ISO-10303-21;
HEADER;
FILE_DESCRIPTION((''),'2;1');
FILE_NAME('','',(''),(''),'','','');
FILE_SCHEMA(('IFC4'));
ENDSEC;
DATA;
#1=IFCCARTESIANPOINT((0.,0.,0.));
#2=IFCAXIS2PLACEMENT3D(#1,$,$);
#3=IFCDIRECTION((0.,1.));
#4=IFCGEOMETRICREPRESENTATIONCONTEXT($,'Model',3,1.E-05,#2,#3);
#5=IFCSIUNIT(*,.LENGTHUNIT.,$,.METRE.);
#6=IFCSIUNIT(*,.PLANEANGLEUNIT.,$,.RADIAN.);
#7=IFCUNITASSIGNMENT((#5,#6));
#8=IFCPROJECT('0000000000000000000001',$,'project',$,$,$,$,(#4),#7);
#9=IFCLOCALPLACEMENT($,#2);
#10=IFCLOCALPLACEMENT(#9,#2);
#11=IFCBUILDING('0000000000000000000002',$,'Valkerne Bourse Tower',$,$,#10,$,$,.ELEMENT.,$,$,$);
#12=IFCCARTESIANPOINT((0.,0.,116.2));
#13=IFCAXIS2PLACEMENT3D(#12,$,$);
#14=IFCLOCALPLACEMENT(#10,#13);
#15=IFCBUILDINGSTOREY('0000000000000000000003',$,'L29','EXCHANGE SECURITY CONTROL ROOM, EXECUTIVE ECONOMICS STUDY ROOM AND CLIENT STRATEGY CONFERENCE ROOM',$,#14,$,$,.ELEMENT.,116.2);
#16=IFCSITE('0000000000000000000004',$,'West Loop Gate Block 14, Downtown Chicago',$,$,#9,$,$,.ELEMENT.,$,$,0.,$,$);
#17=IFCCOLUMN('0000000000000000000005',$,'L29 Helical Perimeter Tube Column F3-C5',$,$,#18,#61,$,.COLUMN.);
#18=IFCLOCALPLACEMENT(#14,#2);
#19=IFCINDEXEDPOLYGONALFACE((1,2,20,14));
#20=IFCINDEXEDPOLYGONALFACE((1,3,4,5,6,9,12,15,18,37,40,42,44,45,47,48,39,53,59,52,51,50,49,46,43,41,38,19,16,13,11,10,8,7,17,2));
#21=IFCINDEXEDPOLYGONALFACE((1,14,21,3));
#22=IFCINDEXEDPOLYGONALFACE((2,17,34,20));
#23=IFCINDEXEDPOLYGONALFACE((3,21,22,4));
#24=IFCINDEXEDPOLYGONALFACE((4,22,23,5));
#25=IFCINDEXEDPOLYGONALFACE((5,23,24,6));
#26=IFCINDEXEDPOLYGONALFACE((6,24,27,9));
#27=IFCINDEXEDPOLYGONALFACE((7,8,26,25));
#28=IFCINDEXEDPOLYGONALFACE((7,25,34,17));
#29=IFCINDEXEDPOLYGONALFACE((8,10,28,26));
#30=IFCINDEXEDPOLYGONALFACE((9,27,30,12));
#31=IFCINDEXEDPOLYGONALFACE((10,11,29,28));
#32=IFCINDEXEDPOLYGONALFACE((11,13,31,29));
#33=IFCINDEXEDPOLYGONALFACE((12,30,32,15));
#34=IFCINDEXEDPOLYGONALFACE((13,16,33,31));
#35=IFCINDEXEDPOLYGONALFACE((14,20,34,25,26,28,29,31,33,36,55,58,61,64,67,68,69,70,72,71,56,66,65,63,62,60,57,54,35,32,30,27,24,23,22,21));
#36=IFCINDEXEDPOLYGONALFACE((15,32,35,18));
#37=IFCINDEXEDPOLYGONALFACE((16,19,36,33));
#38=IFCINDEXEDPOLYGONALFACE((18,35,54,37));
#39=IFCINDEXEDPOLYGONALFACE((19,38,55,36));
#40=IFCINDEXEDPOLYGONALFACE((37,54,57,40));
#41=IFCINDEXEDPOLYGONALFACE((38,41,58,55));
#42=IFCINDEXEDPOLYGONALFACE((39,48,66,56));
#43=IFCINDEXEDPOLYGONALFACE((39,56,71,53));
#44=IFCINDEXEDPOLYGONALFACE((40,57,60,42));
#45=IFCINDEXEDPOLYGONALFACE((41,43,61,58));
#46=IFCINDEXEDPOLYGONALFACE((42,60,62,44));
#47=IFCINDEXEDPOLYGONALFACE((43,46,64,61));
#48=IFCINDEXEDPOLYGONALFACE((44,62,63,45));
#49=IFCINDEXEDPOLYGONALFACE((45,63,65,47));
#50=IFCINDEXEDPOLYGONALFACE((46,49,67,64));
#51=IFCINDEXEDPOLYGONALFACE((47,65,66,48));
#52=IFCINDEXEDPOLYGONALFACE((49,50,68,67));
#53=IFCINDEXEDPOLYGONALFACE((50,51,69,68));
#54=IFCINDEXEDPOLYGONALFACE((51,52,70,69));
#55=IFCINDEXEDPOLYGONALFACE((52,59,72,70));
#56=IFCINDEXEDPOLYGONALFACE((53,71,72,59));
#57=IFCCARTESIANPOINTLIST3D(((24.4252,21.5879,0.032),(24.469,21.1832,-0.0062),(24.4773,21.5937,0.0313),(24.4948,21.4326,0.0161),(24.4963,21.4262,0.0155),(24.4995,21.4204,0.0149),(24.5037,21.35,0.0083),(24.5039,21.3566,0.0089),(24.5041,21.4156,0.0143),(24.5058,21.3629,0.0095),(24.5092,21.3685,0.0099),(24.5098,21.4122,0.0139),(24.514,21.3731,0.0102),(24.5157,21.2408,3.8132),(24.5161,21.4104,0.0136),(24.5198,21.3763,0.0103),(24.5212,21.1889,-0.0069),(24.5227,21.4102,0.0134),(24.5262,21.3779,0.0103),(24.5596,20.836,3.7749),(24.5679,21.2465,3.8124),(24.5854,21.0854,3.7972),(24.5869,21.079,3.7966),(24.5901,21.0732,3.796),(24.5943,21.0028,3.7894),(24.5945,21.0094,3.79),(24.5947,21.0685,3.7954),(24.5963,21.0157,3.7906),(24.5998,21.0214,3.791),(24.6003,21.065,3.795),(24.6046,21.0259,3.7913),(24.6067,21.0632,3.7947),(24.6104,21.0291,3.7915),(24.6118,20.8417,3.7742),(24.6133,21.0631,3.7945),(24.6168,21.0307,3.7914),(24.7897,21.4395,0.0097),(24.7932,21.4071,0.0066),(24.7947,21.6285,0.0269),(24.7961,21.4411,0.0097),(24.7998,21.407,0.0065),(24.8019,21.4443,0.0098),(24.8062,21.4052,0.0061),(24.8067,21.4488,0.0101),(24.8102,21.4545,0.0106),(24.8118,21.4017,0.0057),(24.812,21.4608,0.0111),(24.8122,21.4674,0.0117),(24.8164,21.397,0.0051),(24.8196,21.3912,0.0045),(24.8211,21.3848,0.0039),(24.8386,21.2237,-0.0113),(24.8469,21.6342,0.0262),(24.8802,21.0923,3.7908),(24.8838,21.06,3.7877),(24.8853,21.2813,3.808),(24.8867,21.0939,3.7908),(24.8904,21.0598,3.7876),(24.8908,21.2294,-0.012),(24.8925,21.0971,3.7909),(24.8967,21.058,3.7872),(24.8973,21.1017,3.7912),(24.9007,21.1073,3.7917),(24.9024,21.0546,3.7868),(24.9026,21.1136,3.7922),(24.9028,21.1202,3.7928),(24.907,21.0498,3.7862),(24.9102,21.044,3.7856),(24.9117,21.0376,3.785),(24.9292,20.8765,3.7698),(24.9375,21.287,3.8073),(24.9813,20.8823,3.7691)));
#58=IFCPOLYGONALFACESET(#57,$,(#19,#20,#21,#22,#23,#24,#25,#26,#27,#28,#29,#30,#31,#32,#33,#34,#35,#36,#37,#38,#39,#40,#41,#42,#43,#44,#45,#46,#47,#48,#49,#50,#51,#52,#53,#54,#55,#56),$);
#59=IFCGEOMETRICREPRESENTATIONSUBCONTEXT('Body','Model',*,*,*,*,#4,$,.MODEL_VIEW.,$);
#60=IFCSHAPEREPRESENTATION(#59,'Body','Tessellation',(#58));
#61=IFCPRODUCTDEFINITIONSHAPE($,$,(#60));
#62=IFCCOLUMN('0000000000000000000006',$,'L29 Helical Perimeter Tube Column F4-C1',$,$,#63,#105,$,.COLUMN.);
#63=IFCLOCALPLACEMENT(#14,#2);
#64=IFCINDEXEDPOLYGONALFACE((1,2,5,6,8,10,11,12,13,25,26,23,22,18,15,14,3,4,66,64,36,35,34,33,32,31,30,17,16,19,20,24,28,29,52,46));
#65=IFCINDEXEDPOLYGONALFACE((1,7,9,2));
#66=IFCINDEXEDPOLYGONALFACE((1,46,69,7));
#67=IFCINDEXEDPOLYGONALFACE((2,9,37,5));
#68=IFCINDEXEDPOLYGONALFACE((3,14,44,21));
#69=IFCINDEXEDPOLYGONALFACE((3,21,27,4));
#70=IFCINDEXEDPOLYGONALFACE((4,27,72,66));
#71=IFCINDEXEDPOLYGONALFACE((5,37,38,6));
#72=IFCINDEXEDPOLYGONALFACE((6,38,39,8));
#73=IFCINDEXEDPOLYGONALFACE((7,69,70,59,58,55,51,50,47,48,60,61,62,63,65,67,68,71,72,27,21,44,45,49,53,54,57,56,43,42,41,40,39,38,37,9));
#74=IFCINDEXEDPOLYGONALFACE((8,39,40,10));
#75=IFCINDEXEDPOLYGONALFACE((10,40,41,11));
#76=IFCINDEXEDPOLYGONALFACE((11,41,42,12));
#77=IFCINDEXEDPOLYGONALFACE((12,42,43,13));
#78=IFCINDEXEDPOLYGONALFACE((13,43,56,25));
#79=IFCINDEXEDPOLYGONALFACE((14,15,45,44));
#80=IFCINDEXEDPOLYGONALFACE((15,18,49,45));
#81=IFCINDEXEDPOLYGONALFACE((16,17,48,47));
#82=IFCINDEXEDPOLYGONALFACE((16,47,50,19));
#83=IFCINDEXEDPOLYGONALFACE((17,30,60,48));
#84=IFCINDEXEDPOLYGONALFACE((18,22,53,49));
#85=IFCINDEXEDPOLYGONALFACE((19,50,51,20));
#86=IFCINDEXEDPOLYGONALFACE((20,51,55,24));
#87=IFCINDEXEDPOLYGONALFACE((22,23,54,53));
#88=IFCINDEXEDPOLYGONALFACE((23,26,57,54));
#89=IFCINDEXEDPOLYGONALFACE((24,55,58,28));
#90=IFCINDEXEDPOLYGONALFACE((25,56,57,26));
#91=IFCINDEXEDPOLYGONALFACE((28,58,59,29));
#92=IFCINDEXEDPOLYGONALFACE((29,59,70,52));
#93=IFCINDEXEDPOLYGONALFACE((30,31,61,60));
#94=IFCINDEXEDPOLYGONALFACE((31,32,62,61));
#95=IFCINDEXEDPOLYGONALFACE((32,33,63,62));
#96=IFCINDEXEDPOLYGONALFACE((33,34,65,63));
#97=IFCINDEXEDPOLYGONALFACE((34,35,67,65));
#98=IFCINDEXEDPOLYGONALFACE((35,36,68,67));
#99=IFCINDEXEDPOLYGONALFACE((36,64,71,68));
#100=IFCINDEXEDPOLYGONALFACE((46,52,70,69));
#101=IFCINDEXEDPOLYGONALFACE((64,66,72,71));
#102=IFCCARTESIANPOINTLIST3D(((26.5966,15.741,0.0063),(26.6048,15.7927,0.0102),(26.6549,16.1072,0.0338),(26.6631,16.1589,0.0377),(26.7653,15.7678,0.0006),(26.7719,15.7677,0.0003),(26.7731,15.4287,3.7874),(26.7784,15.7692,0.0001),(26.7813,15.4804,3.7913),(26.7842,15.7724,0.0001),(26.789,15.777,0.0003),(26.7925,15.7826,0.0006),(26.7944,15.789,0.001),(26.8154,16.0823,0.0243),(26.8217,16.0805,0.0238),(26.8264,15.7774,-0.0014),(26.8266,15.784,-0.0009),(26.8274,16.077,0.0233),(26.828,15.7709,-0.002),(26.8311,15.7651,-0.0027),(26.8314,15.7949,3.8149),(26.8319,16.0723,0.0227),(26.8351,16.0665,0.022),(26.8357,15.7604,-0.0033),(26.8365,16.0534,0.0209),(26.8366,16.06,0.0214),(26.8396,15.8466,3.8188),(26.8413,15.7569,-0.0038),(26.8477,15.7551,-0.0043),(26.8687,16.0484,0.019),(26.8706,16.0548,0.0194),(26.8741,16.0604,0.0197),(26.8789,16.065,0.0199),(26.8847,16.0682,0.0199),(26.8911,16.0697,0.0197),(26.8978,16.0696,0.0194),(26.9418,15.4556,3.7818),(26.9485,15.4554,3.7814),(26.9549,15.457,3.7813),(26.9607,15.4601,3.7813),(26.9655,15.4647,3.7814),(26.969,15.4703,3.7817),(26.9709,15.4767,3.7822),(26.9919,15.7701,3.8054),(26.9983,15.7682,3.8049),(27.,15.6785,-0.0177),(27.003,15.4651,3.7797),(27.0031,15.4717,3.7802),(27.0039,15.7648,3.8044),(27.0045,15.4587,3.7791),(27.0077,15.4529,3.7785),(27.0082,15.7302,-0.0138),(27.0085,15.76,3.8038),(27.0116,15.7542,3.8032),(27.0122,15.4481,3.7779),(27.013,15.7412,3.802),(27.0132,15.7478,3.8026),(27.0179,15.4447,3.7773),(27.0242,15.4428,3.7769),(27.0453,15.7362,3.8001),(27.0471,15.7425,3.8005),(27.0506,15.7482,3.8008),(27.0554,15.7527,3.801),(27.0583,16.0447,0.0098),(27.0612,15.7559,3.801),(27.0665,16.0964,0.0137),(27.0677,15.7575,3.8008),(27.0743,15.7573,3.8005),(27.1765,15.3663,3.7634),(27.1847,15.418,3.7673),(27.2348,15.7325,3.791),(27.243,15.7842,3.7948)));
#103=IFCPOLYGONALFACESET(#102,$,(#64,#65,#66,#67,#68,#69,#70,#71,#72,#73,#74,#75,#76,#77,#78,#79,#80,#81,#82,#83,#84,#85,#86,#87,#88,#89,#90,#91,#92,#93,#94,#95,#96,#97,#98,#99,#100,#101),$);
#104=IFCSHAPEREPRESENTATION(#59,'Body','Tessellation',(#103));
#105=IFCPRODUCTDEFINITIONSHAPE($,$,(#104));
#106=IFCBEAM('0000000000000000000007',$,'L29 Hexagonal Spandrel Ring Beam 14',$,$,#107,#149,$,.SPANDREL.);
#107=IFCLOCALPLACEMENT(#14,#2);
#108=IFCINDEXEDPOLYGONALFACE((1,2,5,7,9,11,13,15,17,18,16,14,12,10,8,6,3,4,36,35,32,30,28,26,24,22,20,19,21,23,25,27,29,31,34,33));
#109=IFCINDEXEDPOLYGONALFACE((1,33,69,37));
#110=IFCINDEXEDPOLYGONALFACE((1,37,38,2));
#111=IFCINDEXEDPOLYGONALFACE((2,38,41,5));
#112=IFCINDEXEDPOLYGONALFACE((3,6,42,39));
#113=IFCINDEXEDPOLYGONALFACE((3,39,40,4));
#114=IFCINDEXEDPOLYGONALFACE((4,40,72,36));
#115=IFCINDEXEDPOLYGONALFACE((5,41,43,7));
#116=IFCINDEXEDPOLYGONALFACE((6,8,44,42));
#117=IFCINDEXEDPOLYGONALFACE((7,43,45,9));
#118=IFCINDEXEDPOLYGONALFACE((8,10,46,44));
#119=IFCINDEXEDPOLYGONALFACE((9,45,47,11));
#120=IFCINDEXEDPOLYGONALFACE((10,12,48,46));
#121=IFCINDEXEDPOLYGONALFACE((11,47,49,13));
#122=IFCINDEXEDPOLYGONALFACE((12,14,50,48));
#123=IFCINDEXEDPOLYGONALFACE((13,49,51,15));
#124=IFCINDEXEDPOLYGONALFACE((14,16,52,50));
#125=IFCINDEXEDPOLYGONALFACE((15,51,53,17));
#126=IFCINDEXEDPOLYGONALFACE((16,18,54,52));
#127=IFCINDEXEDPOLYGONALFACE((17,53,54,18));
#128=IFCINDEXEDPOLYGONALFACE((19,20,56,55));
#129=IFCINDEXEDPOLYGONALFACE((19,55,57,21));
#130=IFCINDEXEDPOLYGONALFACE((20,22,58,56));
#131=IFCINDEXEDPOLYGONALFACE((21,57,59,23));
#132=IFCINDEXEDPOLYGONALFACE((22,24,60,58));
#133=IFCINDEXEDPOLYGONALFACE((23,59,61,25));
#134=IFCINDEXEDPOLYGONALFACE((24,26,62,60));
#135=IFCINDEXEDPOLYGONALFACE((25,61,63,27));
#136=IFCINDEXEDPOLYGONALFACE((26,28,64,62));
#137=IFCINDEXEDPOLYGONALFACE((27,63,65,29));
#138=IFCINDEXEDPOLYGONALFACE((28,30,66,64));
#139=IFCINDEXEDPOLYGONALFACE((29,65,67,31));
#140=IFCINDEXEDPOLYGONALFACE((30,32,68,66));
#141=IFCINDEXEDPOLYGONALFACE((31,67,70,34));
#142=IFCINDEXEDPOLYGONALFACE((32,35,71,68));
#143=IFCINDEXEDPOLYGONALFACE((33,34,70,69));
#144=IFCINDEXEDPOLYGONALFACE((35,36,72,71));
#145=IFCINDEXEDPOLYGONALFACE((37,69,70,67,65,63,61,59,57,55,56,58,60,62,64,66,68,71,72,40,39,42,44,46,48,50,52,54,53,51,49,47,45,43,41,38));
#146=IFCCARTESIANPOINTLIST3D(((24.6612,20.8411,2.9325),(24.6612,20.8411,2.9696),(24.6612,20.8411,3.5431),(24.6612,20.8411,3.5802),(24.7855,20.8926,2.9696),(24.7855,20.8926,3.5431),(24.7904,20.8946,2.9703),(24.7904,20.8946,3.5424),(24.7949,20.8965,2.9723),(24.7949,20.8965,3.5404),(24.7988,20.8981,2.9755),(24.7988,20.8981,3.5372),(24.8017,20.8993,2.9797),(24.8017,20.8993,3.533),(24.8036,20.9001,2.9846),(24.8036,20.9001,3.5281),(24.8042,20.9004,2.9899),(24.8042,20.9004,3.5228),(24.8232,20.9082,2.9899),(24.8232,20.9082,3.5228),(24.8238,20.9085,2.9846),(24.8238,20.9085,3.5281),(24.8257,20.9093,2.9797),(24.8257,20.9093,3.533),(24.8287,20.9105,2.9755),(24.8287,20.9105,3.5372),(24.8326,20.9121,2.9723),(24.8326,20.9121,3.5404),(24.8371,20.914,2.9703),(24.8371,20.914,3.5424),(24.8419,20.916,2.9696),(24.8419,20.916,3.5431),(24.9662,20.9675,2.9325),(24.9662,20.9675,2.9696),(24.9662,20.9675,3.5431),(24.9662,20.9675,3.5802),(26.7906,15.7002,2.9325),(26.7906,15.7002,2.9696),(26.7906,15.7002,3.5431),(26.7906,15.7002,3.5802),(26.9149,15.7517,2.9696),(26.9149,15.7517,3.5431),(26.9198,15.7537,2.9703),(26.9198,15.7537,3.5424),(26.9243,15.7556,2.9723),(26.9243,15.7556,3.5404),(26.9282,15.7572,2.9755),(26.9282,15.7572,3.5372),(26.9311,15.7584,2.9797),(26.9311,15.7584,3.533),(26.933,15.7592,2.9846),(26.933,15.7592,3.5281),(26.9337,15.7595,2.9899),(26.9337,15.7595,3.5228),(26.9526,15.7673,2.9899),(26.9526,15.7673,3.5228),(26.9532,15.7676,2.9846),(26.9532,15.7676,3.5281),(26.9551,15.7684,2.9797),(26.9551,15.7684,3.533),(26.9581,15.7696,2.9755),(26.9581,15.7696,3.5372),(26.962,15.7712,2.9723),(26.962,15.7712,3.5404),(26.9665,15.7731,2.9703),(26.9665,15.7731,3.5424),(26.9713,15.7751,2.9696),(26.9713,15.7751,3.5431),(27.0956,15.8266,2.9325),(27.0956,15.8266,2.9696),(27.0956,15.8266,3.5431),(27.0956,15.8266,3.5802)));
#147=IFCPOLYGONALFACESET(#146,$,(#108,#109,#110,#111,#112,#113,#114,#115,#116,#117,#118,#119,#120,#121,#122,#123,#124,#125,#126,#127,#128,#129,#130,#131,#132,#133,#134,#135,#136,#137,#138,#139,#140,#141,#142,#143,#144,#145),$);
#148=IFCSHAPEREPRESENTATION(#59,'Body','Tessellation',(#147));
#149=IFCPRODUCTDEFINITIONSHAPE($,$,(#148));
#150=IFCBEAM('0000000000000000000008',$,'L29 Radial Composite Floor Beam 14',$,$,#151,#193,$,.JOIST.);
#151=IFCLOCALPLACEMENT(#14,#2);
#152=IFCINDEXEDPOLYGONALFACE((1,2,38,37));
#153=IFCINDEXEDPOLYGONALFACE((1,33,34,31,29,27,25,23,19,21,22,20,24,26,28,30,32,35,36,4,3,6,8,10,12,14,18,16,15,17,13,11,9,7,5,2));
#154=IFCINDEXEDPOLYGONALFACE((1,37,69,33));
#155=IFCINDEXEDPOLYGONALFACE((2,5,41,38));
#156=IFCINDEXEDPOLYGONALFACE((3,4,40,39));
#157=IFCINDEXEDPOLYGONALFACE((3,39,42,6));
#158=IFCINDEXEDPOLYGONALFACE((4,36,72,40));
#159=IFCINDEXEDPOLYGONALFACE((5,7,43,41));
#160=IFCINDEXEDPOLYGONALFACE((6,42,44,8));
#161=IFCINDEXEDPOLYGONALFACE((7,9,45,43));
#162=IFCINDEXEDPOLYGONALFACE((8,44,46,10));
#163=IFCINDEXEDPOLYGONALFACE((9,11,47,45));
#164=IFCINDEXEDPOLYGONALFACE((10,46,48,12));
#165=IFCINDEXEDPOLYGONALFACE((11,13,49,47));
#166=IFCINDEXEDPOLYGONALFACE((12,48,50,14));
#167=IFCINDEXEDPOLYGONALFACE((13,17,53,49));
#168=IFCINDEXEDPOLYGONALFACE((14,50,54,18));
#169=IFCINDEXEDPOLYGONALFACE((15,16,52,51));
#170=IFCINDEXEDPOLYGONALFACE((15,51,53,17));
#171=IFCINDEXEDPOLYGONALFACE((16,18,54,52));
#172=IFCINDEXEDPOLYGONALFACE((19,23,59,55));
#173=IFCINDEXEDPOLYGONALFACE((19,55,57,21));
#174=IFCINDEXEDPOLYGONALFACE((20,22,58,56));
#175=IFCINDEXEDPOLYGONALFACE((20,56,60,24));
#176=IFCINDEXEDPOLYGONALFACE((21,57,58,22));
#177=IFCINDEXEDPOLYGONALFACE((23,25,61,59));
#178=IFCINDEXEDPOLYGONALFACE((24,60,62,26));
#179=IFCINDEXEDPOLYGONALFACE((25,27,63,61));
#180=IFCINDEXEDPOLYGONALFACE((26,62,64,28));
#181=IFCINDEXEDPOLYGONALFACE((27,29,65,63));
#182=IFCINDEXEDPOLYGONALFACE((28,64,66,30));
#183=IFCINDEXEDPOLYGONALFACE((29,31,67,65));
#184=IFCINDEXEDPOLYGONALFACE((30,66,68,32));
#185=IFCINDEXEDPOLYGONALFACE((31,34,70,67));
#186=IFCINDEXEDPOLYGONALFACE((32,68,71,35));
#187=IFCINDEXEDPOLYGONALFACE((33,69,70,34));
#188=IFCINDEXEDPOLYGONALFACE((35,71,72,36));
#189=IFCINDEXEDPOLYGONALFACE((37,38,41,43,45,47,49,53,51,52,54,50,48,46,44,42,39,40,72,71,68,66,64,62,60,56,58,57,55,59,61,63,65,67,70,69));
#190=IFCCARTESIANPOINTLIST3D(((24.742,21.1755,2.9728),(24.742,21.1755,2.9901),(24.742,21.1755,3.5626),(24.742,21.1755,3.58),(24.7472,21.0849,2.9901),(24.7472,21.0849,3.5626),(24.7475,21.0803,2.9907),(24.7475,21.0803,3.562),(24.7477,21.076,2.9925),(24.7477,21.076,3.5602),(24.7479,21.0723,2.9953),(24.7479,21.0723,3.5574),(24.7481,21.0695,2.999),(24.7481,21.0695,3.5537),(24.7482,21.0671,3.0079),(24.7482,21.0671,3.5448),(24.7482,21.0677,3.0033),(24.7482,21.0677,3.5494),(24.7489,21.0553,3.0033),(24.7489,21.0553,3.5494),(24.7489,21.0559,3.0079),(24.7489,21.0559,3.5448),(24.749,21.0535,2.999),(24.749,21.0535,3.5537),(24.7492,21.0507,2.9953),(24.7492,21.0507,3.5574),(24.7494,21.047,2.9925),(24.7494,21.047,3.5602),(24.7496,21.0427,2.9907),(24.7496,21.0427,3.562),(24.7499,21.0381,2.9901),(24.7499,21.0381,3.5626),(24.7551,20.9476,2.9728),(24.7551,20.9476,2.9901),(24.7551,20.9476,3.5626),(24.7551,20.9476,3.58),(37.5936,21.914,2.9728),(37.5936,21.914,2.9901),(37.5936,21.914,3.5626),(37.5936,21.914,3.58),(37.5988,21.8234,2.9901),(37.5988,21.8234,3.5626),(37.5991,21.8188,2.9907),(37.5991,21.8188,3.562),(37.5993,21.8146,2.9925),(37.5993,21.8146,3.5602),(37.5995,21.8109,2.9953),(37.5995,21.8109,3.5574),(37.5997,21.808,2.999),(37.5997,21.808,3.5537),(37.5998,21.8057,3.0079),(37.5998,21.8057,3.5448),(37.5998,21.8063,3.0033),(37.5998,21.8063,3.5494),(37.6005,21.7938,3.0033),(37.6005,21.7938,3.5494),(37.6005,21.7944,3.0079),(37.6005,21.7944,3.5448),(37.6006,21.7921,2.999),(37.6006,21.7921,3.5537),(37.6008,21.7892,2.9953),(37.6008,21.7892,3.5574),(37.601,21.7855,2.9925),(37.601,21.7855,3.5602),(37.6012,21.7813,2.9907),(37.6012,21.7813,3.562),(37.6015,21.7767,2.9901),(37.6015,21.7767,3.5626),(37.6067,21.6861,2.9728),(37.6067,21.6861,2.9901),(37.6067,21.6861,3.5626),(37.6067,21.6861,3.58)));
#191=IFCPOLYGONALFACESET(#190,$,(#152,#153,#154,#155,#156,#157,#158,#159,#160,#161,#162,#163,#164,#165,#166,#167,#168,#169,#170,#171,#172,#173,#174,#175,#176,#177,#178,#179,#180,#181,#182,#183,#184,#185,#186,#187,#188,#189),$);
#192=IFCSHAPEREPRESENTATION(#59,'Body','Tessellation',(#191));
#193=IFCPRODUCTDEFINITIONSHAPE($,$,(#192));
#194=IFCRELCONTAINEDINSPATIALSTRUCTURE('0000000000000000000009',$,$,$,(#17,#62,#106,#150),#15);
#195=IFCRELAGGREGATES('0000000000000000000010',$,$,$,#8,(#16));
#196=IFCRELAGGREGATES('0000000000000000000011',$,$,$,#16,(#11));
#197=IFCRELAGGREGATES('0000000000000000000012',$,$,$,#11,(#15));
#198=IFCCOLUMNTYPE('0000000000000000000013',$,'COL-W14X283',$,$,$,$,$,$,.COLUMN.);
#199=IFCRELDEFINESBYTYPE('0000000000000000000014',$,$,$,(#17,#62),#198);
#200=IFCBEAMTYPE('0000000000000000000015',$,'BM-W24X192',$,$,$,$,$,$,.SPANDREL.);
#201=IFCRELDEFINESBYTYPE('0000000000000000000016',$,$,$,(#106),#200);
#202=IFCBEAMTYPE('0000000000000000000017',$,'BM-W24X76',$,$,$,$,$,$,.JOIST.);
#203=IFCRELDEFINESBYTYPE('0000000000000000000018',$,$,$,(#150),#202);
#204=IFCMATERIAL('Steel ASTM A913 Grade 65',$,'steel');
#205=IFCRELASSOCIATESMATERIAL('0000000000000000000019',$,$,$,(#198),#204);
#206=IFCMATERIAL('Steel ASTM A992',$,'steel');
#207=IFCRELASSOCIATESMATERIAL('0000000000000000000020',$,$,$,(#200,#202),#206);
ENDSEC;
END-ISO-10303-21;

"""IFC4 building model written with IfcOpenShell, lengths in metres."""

from ifc_helpers import new_model, si_unit, direction, frame, origin, origin_2d, place, context, subcontext, project, spatial, i_section, extrude, material, material_profile, profile_set, type_object, element, save


model = new_model("IFC4")

# Units and contexts
model_context = context("Model", 3, precision=1e-05, world=origin(), true_north=direction((0.0, 1.0)))
body_context = subcontext(model_context, "Body", "Model", "MODEL_VIEW")
ifc_project = project(units=[si_unit("LENGTHUNIT", "METRE"), si_unit("PLANEANGLEUNIT", "RADIAN")], contexts=[model_context])

# Site, building, storey
site_placement = place(None, origin())
site = spatial("IfcSite", under=ifc_project, at=site_placement, Name="West Loop Gate Block 14, Downtown Chicago", CompositionType="ELEMENT", RefElevation=0.0)
building_placement = place(site_placement, origin())
building = spatial("IfcBuilding", under=site, at=building_placement, Name="Valkerne Bourse Tower", CompositionType="ELEMENT")
storey_placement = place(building_placement, frame((0.0, 0.0, 116.2)))
storey = spatial("IfcBuildingStorey", under=building, at=storey_placement, Name="L29", Description="EXCHANGE SECURITY CONTROL ROOM, EXECUTIVE ECONOMICS STUDY ROOM AND CLIENT STRATEGY CONFERENCE ROOM", CompositionType="ELEMENT", Elevation=116.2)

# Columns
ifc_material_1 = material(Name="Steel ASTM A913 Grade 65", Category="steel")
ifc_material_profile_1 = material_profile(ifc_material_1, i_section(OverallWidth=0.4089, OverallDepth=0.4243, WebThickness=0.0327, FlangeThickness=0.0525, FilletRadius=0.0254, at=origin_2d()), Name="W14X283")
ifc_profile_set_1 = profile_set([ifc_material_profile_1], Name="Steel ASTM A913 Grade 65")
column_type = type_object("IfcColumnType", Name="COL-W14X283", PredefinedType="COLUMN", material=ifc_profile_set_1)
for number, where, z_axis, x_axis, name in (
    (1, (24.658, 21.4087, 0.01), (0.023848, -0.091408, 0.995528), (0.107273, -0.989828, -0.093455), "L29 Helical Perimeter Tube Column F3-C5"),
    (2, (26.8315, 15.9187, 0.01), (0.046476, -0.082216, 0.99553), (0.986536, -0.152658, -0.058663), "L29 Helical Perimeter Tube Column F4-C1"),
):
    element("IfcColumn", number, at=place(storey_placement, frame(where, z_axis=z_axis, x_axis=x_axis)), inside=storey, type_object=column_type, Name=name, PredefinedType="COLUMN", context=body_context, shape_type="SweptSolid", body=[
        extrude(i_section(OverallWidth=0.4089, OverallDepth=0.4243, WebThickness=0.0327, FlangeThickness=0.0525, FilletRadius=0.0254, at=origin_2d()), origin(), (0.0, 0.0, 1.0), 3.7981),
    ])

# Beams
ifc_material_2 = material(Name="Steel ASTM A992", Category="steel")
ifc_material_profile_2 = material_profile(ifc_material_2, i_section(OverallWidth=0.3301, OverallDepth=0.6477, WebThickness=0.0205, FlangeThickness=0.0371, FilletRadius=0.0203, at=origin_2d()), Name="W24X192")
ifc_profile_set_2 = profile_set([ifc_material_profile_2], Name="Steel ASTM A992")
beam_type_1 = type_object("IfcBeamType", Name="BM-W24X192", PredefinedType="SPANDREL", material=ifc_profile_set_2)
beam_1_placement = place(storey_placement, frame((24.8137, 20.9043, 3.2563), z_axis=(0.38268, -0.923881, 0.0), x_axis=(0.923881, 0.38268, 0.0)))
element("IfcBeam", 3, at=beam_1_placement, inside=storey, type_object=beam_type_1, Name="L29 Hexagonal Spandrel Ring Beam 14", PredefinedType="SPANDREL", context=body_context, shape_type="SweptSolid", body=[
    extrude(i_section(OverallWidth=0.3301, OverallDepth=0.6477, WebThickness=0.0205, FlangeThickness=0.0371, FilletRadius=0.0203, at=origin_2d()), origin(), (0.0, 0.0, 1.0), 5.5645),
])
ifc_material_profile_3 = material_profile(ifc_material_2, i_section(OverallWidth=0.2283, OverallDepth=0.6072, WebThickness=0.0112, FlangeThickness=0.0173, FilletRadius=0.0178, at=origin_2d()), Name="W24X76")
ifc_profile_set_3 = profile_set([ifc_material_profile_3], Name="Steel ASTM A992")
beam_type_2 = type_object("IfcBeamType", Name="BM-W24X76", PredefinedType="JOIST", material=ifc_profile_set_3)
beam_2_placement = place(storey_placement, frame((24.7485, 21.0615, 3.2764), z_axis=(0.998353, 0.057371, 0.0), x_axis=(-0.057371, 0.998353, 0.0)))
element("IfcBeam", 4, at=beam_2_placement, inside=storey, type_object=beam_type_2, Name="L29 Radial Composite Floor Beam 14", PredefinedType="JOIST", context=body_context, shape_type="SweptSolid", body=[
    extrude(i_section(OverallWidth=0.2283, OverallDepth=0.6072, WebThickness=0.0112, FlangeThickness=0.0173, FilletRadius=0.0178, at=origin_2d()), origin(), (0.0, 0.0, 1.0), 12.8728),
])

save(model, "model.ifc")
